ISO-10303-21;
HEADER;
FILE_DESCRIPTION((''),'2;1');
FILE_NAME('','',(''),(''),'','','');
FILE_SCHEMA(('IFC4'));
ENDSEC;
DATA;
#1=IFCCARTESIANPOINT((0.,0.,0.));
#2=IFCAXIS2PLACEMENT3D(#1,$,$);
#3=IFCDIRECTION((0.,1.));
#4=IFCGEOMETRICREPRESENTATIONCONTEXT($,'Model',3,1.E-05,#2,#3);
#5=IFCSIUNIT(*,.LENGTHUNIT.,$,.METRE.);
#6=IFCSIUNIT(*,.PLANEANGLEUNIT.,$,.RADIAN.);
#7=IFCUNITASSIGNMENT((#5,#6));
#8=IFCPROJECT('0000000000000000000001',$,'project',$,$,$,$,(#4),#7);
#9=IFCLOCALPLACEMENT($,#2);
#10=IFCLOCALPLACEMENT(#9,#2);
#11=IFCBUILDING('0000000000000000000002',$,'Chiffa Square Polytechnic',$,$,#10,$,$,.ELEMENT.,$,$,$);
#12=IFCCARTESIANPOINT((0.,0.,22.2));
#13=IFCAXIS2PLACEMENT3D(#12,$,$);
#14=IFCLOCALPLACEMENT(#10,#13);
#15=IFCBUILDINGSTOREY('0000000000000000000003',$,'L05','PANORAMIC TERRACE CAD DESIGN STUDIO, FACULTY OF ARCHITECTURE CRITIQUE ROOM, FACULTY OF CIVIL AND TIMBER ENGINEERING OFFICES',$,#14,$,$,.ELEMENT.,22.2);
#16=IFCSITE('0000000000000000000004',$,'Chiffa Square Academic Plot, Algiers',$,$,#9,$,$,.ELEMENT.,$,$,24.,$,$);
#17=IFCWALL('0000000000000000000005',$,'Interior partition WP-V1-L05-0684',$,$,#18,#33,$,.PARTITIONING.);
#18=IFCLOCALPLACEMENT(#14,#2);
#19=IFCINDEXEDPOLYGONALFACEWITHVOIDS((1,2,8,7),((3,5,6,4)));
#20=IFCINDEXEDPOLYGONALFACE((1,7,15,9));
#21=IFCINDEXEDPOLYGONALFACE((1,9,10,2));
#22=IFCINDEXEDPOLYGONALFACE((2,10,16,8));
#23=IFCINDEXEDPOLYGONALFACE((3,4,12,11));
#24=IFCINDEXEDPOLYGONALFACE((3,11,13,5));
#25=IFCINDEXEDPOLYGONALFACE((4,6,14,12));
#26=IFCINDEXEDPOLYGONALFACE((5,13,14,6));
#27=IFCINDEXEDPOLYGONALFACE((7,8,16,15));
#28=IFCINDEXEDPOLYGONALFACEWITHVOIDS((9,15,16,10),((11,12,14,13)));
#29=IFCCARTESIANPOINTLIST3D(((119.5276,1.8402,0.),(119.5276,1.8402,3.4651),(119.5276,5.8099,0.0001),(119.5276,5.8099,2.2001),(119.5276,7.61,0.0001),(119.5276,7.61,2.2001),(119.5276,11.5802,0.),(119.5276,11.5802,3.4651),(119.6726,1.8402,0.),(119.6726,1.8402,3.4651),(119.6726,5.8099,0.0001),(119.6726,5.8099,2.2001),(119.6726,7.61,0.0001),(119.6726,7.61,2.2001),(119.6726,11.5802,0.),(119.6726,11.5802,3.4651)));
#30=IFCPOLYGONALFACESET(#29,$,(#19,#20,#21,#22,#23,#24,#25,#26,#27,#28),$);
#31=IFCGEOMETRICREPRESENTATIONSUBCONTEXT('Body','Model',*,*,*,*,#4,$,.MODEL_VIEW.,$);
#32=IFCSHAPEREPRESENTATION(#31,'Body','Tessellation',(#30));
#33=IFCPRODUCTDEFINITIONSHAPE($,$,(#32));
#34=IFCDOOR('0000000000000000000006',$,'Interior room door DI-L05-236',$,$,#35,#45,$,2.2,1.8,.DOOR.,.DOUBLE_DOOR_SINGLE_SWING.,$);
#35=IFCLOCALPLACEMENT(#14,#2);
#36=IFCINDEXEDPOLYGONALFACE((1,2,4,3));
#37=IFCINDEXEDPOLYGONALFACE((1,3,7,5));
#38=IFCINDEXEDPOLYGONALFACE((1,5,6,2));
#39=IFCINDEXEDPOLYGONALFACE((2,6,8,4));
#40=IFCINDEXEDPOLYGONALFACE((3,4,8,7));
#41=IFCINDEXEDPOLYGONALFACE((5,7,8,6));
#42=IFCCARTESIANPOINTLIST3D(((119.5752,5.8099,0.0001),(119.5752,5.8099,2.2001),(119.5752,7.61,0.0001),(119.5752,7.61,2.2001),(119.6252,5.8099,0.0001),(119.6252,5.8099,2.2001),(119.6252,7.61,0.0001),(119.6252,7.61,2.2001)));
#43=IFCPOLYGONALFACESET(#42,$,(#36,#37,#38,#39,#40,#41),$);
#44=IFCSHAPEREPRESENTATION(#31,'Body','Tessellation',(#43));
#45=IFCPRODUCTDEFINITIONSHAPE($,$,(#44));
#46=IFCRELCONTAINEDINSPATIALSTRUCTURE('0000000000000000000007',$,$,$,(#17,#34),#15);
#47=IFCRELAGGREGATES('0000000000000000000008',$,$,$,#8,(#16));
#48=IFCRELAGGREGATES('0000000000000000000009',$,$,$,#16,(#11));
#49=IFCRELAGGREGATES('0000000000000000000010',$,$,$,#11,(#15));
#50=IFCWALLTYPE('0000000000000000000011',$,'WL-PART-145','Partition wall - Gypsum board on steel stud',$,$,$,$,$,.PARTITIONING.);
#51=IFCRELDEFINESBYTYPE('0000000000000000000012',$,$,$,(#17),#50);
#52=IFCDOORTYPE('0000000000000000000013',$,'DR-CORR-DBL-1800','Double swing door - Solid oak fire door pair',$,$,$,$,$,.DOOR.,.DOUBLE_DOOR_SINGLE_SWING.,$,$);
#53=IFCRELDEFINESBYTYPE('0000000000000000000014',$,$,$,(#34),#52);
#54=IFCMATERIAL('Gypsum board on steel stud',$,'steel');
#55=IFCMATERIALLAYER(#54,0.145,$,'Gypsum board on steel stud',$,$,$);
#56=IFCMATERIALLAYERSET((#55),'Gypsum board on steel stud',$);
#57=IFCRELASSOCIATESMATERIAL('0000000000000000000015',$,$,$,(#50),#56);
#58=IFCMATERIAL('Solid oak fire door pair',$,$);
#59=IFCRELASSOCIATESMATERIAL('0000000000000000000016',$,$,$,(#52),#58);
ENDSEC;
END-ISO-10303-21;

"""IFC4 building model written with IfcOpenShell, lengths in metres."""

from ifc_helpers import new_model, si_unit, direction, frame, frame_2d, origin, place, context, subcontext, project, spatial, rectangle, extrude, material, layer, layer_set, type_object, element, fill, save


model = new_model("IFC4")

# Units and contexts
model_context = context("Model", 3, precision=1e-05, world=origin(), true_north=direction((0.0, 1.0)))
body_context = subcontext(model_context, "Body", "Model", "MODEL_VIEW")
ifc_project = project(units=[si_unit("LENGTHUNIT", "METRE"), si_unit("PLANEANGLEUNIT", "RADIAN")], contexts=[model_context])

# Site, building, storey
site_placement = place(None, origin())
site = spatial("IfcSite", under=ifc_project, at=site_placement, Name="Chiffa Square Academic Plot, Algiers", CompositionType="ELEMENT", RefElevation=24.0)
building_placement = place(site_placement, origin())
building = spatial("IfcBuilding", under=site, at=building_placement, Name="Chiffa Square Polytechnic", CompositionType="ELEMENT")
storey_placement = place(building_placement, frame((0.0, 0.0, 22.2)))
storey = spatial("IfcBuildingStorey", under=building, at=storey_placement, Name="L05", Description="PANORAMIC TERRACE CAD DESIGN STUDIO, FACULTY OF ARCHITECTURE CRITIQUE ROOM, FACULTY OF CIVIL AND TIMBER ENGINEERING OFFICES", CompositionType="ELEMENT", Elevation=22.2)

# Wall, opening, door
ifc_material_1 = material(Name="Gypsum board on steel stud", Category="steel")
ifc_layer_1 = layer(ifc_material_1, 0.145, Name="Gypsum board on steel stud")
ifc_layer_set_1 = layer_set([ifc_layer_1], Name="Gypsum board on steel stud")
wall_type = type_object("IfcWallType", Name="WL-PART-145", Description="Partition wall - Gypsum board on steel stud", PredefinedType="PARTITIONING", material=ifc_layer_set_1)
wall_placement = place(storey_placement, frame((119.6001, 1.8401, 0.0), z_axis=(0.0, 0.0, 1.0), x_axis=(0.0, 1.0, 0.0)))
wall = element("IfcWall", 1, at=wall_placement, inside=storey, type_object=wall_type, Name="Interior partition WP-V1-L05-0684", PredefinedType="PARTITIONING", context=body_context, shape_type="SweptSolid", body=[
    extrude(rectangle(XDim=9.74, YDim=0.145, at=frame_2d((4.8701, 0.0))), origin(), (0.0, 0.0, 1.0), 3.4651),
])
opening_placement = place(wall_placement, frame((3.97, 0.0, 0.0)))
opening = element("IfcOpeningElement", 2, at=opening_placement, cuts=wall, PredefinedType="OPENING", context=body_context, shape_type="SweptSolid", body=[
    extrude(rectangle(XDim=1.8, YDim=2.2, at=frame_2d((0.8999, 1.1001))), frame((0.0, 0.0825, 0.0), z_axis=(0.0, -1.0, 0.0), x_axis=(1.0, 0.0, 0.0)), (0.0, 0.0, 1.0), 0.165),
])
ifc_material_2 = material(Name="Solid oak fire door pair")
door_type = type_object("IfcDoorType", Name="DR-CORR-DBL-1800", Description="Double swing door - Solid oak fire door pair", OperationType="DOUBLE_DOOR_SINGLE_SWING", PredefinedType="DOOR", material=ifc_material_2)
door_placement = place(opening_placement, origin())
door = element("IfcDoor", 3, at=door_placement, inside=storey, type_object=door_type, Name="Interior room door DI-L05-236", OperationType="DOUBLE_DOOR_SINGLE_SWING", OverallHeight=2.2, OverallWidth=1.8, PredefinedType="DOOR", context=body_context, shape_type="SweptSolid", body=[
    extrude(rectangle(XDim=1.8, YDim=2.2, at=frame_2d((0.8999, 1.1001))), frame((0.0, 0.0249, 0.0), z_axis=(0.0, -1.0, 0.0), x_axis=(1.0, 0.0, 0.0)), (0.0, 0.0, 1.0), 0.05),
])
fill(opening, door)

save(model, "model.ifc")
